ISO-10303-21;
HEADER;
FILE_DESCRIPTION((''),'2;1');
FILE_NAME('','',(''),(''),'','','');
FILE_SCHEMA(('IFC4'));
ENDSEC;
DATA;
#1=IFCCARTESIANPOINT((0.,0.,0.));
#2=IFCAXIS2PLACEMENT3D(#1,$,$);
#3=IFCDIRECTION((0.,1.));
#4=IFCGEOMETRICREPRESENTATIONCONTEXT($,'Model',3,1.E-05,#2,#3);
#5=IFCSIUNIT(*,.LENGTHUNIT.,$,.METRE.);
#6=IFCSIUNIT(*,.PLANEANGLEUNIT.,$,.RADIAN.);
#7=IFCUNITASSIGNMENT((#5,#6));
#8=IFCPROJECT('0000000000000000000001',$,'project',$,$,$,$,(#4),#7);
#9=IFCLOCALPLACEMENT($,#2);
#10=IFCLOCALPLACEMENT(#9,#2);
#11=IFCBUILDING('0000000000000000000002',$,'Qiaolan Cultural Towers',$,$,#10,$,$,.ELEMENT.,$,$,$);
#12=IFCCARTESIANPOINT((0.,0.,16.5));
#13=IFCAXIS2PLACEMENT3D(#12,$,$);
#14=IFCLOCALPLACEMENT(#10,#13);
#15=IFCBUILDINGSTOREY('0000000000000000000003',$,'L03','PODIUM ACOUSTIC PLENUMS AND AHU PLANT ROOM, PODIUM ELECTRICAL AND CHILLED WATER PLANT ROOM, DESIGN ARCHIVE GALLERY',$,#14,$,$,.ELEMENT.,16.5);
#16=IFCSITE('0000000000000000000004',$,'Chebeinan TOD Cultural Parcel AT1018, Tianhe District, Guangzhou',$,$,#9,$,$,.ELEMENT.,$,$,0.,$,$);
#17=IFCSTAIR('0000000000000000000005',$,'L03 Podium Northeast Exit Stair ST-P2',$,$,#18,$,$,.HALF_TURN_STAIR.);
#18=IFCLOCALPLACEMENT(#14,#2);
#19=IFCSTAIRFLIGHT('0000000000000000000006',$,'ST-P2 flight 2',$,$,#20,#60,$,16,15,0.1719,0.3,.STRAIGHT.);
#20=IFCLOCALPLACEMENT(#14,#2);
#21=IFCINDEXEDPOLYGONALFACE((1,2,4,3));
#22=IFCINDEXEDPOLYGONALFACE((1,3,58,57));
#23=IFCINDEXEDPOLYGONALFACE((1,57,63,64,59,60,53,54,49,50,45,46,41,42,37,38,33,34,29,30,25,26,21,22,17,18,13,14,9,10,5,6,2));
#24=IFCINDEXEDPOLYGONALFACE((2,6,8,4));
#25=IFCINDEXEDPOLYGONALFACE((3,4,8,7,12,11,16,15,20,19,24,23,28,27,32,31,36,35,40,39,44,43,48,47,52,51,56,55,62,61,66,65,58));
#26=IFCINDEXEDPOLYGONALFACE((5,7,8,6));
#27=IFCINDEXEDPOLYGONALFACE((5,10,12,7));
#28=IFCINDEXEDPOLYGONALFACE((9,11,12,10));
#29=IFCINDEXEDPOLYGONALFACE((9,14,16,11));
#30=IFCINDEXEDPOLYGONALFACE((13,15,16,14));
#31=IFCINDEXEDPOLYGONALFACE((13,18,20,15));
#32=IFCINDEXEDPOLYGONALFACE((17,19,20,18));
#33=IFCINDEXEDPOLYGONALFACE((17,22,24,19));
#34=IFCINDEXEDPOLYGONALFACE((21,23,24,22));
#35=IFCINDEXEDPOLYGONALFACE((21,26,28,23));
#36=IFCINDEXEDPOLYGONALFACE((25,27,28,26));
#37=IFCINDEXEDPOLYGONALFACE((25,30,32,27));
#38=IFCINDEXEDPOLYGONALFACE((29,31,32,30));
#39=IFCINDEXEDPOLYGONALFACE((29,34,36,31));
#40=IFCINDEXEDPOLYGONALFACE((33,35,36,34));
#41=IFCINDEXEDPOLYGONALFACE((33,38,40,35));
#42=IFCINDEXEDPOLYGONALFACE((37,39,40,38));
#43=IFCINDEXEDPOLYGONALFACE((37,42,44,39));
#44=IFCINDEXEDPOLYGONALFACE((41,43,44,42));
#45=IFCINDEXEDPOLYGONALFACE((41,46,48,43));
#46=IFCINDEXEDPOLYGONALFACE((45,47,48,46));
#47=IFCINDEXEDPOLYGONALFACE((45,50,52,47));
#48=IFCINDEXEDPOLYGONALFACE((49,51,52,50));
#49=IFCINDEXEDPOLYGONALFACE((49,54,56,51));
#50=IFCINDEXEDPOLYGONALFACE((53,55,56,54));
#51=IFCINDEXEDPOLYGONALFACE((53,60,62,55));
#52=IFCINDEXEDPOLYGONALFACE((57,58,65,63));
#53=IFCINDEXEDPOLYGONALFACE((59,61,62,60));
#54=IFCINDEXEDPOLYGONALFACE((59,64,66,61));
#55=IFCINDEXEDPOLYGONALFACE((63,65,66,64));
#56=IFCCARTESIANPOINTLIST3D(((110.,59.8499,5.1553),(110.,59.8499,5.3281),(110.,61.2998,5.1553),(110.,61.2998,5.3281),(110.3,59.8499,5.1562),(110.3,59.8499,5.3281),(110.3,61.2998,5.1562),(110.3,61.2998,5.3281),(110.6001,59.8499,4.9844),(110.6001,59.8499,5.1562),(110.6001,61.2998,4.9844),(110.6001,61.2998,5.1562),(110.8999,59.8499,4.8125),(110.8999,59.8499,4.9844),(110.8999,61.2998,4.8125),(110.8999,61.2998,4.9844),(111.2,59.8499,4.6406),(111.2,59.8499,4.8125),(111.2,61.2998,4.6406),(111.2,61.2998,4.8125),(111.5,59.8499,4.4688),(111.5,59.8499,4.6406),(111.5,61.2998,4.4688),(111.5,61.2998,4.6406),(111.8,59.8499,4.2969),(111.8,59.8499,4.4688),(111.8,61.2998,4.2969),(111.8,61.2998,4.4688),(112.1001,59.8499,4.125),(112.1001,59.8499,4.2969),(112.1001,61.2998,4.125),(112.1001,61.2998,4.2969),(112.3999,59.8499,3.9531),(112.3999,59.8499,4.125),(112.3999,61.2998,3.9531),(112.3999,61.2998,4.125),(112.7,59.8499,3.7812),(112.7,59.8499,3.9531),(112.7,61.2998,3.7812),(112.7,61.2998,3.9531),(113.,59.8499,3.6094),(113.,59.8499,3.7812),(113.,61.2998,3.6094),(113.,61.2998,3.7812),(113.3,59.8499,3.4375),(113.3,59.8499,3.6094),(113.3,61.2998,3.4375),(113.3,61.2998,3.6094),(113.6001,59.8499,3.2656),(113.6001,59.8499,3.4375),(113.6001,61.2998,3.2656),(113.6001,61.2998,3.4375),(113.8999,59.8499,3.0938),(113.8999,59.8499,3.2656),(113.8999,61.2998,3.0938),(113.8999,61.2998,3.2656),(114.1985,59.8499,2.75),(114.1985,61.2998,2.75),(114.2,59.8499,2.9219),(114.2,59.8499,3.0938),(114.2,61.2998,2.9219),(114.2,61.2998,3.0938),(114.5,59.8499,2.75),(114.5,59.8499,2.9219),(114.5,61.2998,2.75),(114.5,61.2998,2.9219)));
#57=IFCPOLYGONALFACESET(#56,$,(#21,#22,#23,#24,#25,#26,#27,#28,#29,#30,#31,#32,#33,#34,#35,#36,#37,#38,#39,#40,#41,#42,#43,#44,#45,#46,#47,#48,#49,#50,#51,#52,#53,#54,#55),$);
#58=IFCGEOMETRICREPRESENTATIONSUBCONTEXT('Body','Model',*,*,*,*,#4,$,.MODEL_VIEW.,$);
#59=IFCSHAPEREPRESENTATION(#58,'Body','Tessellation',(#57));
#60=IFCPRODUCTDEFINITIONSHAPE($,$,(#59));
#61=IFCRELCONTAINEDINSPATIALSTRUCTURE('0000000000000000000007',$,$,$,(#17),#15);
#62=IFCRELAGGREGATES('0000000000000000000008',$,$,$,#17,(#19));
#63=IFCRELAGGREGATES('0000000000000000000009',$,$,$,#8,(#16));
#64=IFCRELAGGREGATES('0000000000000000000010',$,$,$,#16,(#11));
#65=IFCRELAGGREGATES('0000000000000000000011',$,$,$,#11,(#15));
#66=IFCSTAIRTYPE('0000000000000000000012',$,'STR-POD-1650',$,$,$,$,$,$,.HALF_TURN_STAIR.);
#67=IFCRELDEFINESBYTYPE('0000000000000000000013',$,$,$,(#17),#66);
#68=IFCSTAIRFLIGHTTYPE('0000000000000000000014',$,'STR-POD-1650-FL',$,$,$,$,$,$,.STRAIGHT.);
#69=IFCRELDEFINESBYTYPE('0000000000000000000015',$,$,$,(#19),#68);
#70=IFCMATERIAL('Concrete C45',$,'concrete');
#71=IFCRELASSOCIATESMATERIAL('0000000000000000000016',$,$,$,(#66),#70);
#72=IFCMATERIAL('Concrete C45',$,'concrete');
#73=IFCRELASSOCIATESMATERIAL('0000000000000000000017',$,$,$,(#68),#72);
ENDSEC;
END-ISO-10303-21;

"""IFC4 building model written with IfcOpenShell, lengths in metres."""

from ifc_helpers import new_model, si_unit, direction, frame, origin, place, context, subcontext, project, spatial, polyline, outline, extrude, material, type_object, element, aggregate, save


model = new_model("IFC4")

# Units and contexts
model_context = context("Model", 3, precision=1e-05, world=origin(), true_north=direction((0.0, 1.0)))
body_context = subcontext(model_context, "Body", "Model", "MODEL_VIEW")
ifc_project = project(units=[si_unit("LENGTHUNIT", "METRE"), si_unit("PLANEANGLEUNIT", "RADIAN")], contexts=[model_context])

# Site, building, storey
site_placement = place(None, origin())
site = spatial("IfcSite", under=ifc_project, at=site_placement, Name="Chebeinan TOD Cultural Parcel AT1018, Tianhe District, Guangzhou", CompositionType="ELEMENT", RefElevation=0.0)
building_placement = place(site_placement, origin())
building = spatial("IfcBuilding", under=site, at=building_placement, Name="Qiaolan Cultural Towers", CompositionType="ELEMENT")
storey_placement = place(building_placement, frame((0.0, 0.0, 16.5)))
storey = spatial("IfcBuildingStorey", under=building, at=storey_placement, Name="L03", Description="PODIUM ACOUSTIC PLENUMS AND AHU PLANT ROOM, PODIUM ELECTRICAL AND CHILLED WATER PLANT ROOM, DESIGN ARCHIVE GALLERY", CompositionType="ELEMENT", Elevation=16.5)

# Stair, stair flight
ifc_material_1 = material(Name="Concrete C45", Category="concrete")
stair_type = type_object("IfcStairType", Name="STR-POD-1650", PredefinedType="HALF_TURN_STAIR", material=ifc_material_1)
stair_placement = place(storey_placement, origin())
stair = element("IfcStair", 1, at=stair_placement, inside=storey, type_object=stair_type, Name="L03 Podium Northeast Exit Stair ST-P2", PredefinedType="HALF_TURN_STAIR")
ifc_material_2 = material(Name="Concrete C45", Category="concrete")
stair_flight_type = type_object("IfcStairFlightType", Name="STR-POD-1650-FL", PredefinedType="STRAIGHT", material=ifc_material_2)
stair_flight_1_placement = place(storey_placement, frame((114.5, 60.575, 2.75), z_axis=(0.0, 0.0, 1.0), x_axis=(-1.0, 0.0, 0.0)))
stair_flight_1 = element("IfcStairFlight", 2, at=stair_flight_1_placement, type_object=stair_flight_type, Name="ST-P2 flight 2", NumberOfRisers=16, NumberOfTreads=15, PredefinedType="STRAIGHT", RiserHeight=0.1719, TreadLength=0.3, context=body_context, shape_type="SweptSolid", body=[
    extrude(outline(polyline([(0.0, 0.0), (0.0, 0.1719), (0.3, 0.1719), (0.3, 0.3438), (0.6001, 0.3438), (0.6001, 0.5156), (0.8999, 0.5156), (0.8999, 0.6875), (1.2, 0.6875), (1.2, 0.8594), (1.5, 0.8594), (1.5, 1.0312), (1.8, 1.0312), (1.8, 1.2031), (2.1001, 1.2031), (2.1001, 1.375), (2.3999, 1.375), (2.3999, 1.5469), (2.7, 1.5469), (2.7, 1.7188), (3.0, 1.7188), (3.0, 1.8906), (3.3, 1.8906), (3.3, 2.0625), (3.6001, 2.0625), (3.6001, 2.2344), (3.8999, 2.2344), (3.8999, 2.4062), (4.2, 2.4062), (4.2, 2.5781), (4.5, 2.5781), (4.5, 2.75), (4.5, 2.4053), (0.3015, 0.0), (0.0, 0.0)])), frame((0.0, 0.7251, 0.0), z_axis=(0.0, -1.0, 0.0), x_axis=(1.0, 0.0, 0.0)), (0.0, 0.0, 1.0), 1.45),
])
aggregate(stair, [stair_flight_1])

save(model, "model.ifc")
